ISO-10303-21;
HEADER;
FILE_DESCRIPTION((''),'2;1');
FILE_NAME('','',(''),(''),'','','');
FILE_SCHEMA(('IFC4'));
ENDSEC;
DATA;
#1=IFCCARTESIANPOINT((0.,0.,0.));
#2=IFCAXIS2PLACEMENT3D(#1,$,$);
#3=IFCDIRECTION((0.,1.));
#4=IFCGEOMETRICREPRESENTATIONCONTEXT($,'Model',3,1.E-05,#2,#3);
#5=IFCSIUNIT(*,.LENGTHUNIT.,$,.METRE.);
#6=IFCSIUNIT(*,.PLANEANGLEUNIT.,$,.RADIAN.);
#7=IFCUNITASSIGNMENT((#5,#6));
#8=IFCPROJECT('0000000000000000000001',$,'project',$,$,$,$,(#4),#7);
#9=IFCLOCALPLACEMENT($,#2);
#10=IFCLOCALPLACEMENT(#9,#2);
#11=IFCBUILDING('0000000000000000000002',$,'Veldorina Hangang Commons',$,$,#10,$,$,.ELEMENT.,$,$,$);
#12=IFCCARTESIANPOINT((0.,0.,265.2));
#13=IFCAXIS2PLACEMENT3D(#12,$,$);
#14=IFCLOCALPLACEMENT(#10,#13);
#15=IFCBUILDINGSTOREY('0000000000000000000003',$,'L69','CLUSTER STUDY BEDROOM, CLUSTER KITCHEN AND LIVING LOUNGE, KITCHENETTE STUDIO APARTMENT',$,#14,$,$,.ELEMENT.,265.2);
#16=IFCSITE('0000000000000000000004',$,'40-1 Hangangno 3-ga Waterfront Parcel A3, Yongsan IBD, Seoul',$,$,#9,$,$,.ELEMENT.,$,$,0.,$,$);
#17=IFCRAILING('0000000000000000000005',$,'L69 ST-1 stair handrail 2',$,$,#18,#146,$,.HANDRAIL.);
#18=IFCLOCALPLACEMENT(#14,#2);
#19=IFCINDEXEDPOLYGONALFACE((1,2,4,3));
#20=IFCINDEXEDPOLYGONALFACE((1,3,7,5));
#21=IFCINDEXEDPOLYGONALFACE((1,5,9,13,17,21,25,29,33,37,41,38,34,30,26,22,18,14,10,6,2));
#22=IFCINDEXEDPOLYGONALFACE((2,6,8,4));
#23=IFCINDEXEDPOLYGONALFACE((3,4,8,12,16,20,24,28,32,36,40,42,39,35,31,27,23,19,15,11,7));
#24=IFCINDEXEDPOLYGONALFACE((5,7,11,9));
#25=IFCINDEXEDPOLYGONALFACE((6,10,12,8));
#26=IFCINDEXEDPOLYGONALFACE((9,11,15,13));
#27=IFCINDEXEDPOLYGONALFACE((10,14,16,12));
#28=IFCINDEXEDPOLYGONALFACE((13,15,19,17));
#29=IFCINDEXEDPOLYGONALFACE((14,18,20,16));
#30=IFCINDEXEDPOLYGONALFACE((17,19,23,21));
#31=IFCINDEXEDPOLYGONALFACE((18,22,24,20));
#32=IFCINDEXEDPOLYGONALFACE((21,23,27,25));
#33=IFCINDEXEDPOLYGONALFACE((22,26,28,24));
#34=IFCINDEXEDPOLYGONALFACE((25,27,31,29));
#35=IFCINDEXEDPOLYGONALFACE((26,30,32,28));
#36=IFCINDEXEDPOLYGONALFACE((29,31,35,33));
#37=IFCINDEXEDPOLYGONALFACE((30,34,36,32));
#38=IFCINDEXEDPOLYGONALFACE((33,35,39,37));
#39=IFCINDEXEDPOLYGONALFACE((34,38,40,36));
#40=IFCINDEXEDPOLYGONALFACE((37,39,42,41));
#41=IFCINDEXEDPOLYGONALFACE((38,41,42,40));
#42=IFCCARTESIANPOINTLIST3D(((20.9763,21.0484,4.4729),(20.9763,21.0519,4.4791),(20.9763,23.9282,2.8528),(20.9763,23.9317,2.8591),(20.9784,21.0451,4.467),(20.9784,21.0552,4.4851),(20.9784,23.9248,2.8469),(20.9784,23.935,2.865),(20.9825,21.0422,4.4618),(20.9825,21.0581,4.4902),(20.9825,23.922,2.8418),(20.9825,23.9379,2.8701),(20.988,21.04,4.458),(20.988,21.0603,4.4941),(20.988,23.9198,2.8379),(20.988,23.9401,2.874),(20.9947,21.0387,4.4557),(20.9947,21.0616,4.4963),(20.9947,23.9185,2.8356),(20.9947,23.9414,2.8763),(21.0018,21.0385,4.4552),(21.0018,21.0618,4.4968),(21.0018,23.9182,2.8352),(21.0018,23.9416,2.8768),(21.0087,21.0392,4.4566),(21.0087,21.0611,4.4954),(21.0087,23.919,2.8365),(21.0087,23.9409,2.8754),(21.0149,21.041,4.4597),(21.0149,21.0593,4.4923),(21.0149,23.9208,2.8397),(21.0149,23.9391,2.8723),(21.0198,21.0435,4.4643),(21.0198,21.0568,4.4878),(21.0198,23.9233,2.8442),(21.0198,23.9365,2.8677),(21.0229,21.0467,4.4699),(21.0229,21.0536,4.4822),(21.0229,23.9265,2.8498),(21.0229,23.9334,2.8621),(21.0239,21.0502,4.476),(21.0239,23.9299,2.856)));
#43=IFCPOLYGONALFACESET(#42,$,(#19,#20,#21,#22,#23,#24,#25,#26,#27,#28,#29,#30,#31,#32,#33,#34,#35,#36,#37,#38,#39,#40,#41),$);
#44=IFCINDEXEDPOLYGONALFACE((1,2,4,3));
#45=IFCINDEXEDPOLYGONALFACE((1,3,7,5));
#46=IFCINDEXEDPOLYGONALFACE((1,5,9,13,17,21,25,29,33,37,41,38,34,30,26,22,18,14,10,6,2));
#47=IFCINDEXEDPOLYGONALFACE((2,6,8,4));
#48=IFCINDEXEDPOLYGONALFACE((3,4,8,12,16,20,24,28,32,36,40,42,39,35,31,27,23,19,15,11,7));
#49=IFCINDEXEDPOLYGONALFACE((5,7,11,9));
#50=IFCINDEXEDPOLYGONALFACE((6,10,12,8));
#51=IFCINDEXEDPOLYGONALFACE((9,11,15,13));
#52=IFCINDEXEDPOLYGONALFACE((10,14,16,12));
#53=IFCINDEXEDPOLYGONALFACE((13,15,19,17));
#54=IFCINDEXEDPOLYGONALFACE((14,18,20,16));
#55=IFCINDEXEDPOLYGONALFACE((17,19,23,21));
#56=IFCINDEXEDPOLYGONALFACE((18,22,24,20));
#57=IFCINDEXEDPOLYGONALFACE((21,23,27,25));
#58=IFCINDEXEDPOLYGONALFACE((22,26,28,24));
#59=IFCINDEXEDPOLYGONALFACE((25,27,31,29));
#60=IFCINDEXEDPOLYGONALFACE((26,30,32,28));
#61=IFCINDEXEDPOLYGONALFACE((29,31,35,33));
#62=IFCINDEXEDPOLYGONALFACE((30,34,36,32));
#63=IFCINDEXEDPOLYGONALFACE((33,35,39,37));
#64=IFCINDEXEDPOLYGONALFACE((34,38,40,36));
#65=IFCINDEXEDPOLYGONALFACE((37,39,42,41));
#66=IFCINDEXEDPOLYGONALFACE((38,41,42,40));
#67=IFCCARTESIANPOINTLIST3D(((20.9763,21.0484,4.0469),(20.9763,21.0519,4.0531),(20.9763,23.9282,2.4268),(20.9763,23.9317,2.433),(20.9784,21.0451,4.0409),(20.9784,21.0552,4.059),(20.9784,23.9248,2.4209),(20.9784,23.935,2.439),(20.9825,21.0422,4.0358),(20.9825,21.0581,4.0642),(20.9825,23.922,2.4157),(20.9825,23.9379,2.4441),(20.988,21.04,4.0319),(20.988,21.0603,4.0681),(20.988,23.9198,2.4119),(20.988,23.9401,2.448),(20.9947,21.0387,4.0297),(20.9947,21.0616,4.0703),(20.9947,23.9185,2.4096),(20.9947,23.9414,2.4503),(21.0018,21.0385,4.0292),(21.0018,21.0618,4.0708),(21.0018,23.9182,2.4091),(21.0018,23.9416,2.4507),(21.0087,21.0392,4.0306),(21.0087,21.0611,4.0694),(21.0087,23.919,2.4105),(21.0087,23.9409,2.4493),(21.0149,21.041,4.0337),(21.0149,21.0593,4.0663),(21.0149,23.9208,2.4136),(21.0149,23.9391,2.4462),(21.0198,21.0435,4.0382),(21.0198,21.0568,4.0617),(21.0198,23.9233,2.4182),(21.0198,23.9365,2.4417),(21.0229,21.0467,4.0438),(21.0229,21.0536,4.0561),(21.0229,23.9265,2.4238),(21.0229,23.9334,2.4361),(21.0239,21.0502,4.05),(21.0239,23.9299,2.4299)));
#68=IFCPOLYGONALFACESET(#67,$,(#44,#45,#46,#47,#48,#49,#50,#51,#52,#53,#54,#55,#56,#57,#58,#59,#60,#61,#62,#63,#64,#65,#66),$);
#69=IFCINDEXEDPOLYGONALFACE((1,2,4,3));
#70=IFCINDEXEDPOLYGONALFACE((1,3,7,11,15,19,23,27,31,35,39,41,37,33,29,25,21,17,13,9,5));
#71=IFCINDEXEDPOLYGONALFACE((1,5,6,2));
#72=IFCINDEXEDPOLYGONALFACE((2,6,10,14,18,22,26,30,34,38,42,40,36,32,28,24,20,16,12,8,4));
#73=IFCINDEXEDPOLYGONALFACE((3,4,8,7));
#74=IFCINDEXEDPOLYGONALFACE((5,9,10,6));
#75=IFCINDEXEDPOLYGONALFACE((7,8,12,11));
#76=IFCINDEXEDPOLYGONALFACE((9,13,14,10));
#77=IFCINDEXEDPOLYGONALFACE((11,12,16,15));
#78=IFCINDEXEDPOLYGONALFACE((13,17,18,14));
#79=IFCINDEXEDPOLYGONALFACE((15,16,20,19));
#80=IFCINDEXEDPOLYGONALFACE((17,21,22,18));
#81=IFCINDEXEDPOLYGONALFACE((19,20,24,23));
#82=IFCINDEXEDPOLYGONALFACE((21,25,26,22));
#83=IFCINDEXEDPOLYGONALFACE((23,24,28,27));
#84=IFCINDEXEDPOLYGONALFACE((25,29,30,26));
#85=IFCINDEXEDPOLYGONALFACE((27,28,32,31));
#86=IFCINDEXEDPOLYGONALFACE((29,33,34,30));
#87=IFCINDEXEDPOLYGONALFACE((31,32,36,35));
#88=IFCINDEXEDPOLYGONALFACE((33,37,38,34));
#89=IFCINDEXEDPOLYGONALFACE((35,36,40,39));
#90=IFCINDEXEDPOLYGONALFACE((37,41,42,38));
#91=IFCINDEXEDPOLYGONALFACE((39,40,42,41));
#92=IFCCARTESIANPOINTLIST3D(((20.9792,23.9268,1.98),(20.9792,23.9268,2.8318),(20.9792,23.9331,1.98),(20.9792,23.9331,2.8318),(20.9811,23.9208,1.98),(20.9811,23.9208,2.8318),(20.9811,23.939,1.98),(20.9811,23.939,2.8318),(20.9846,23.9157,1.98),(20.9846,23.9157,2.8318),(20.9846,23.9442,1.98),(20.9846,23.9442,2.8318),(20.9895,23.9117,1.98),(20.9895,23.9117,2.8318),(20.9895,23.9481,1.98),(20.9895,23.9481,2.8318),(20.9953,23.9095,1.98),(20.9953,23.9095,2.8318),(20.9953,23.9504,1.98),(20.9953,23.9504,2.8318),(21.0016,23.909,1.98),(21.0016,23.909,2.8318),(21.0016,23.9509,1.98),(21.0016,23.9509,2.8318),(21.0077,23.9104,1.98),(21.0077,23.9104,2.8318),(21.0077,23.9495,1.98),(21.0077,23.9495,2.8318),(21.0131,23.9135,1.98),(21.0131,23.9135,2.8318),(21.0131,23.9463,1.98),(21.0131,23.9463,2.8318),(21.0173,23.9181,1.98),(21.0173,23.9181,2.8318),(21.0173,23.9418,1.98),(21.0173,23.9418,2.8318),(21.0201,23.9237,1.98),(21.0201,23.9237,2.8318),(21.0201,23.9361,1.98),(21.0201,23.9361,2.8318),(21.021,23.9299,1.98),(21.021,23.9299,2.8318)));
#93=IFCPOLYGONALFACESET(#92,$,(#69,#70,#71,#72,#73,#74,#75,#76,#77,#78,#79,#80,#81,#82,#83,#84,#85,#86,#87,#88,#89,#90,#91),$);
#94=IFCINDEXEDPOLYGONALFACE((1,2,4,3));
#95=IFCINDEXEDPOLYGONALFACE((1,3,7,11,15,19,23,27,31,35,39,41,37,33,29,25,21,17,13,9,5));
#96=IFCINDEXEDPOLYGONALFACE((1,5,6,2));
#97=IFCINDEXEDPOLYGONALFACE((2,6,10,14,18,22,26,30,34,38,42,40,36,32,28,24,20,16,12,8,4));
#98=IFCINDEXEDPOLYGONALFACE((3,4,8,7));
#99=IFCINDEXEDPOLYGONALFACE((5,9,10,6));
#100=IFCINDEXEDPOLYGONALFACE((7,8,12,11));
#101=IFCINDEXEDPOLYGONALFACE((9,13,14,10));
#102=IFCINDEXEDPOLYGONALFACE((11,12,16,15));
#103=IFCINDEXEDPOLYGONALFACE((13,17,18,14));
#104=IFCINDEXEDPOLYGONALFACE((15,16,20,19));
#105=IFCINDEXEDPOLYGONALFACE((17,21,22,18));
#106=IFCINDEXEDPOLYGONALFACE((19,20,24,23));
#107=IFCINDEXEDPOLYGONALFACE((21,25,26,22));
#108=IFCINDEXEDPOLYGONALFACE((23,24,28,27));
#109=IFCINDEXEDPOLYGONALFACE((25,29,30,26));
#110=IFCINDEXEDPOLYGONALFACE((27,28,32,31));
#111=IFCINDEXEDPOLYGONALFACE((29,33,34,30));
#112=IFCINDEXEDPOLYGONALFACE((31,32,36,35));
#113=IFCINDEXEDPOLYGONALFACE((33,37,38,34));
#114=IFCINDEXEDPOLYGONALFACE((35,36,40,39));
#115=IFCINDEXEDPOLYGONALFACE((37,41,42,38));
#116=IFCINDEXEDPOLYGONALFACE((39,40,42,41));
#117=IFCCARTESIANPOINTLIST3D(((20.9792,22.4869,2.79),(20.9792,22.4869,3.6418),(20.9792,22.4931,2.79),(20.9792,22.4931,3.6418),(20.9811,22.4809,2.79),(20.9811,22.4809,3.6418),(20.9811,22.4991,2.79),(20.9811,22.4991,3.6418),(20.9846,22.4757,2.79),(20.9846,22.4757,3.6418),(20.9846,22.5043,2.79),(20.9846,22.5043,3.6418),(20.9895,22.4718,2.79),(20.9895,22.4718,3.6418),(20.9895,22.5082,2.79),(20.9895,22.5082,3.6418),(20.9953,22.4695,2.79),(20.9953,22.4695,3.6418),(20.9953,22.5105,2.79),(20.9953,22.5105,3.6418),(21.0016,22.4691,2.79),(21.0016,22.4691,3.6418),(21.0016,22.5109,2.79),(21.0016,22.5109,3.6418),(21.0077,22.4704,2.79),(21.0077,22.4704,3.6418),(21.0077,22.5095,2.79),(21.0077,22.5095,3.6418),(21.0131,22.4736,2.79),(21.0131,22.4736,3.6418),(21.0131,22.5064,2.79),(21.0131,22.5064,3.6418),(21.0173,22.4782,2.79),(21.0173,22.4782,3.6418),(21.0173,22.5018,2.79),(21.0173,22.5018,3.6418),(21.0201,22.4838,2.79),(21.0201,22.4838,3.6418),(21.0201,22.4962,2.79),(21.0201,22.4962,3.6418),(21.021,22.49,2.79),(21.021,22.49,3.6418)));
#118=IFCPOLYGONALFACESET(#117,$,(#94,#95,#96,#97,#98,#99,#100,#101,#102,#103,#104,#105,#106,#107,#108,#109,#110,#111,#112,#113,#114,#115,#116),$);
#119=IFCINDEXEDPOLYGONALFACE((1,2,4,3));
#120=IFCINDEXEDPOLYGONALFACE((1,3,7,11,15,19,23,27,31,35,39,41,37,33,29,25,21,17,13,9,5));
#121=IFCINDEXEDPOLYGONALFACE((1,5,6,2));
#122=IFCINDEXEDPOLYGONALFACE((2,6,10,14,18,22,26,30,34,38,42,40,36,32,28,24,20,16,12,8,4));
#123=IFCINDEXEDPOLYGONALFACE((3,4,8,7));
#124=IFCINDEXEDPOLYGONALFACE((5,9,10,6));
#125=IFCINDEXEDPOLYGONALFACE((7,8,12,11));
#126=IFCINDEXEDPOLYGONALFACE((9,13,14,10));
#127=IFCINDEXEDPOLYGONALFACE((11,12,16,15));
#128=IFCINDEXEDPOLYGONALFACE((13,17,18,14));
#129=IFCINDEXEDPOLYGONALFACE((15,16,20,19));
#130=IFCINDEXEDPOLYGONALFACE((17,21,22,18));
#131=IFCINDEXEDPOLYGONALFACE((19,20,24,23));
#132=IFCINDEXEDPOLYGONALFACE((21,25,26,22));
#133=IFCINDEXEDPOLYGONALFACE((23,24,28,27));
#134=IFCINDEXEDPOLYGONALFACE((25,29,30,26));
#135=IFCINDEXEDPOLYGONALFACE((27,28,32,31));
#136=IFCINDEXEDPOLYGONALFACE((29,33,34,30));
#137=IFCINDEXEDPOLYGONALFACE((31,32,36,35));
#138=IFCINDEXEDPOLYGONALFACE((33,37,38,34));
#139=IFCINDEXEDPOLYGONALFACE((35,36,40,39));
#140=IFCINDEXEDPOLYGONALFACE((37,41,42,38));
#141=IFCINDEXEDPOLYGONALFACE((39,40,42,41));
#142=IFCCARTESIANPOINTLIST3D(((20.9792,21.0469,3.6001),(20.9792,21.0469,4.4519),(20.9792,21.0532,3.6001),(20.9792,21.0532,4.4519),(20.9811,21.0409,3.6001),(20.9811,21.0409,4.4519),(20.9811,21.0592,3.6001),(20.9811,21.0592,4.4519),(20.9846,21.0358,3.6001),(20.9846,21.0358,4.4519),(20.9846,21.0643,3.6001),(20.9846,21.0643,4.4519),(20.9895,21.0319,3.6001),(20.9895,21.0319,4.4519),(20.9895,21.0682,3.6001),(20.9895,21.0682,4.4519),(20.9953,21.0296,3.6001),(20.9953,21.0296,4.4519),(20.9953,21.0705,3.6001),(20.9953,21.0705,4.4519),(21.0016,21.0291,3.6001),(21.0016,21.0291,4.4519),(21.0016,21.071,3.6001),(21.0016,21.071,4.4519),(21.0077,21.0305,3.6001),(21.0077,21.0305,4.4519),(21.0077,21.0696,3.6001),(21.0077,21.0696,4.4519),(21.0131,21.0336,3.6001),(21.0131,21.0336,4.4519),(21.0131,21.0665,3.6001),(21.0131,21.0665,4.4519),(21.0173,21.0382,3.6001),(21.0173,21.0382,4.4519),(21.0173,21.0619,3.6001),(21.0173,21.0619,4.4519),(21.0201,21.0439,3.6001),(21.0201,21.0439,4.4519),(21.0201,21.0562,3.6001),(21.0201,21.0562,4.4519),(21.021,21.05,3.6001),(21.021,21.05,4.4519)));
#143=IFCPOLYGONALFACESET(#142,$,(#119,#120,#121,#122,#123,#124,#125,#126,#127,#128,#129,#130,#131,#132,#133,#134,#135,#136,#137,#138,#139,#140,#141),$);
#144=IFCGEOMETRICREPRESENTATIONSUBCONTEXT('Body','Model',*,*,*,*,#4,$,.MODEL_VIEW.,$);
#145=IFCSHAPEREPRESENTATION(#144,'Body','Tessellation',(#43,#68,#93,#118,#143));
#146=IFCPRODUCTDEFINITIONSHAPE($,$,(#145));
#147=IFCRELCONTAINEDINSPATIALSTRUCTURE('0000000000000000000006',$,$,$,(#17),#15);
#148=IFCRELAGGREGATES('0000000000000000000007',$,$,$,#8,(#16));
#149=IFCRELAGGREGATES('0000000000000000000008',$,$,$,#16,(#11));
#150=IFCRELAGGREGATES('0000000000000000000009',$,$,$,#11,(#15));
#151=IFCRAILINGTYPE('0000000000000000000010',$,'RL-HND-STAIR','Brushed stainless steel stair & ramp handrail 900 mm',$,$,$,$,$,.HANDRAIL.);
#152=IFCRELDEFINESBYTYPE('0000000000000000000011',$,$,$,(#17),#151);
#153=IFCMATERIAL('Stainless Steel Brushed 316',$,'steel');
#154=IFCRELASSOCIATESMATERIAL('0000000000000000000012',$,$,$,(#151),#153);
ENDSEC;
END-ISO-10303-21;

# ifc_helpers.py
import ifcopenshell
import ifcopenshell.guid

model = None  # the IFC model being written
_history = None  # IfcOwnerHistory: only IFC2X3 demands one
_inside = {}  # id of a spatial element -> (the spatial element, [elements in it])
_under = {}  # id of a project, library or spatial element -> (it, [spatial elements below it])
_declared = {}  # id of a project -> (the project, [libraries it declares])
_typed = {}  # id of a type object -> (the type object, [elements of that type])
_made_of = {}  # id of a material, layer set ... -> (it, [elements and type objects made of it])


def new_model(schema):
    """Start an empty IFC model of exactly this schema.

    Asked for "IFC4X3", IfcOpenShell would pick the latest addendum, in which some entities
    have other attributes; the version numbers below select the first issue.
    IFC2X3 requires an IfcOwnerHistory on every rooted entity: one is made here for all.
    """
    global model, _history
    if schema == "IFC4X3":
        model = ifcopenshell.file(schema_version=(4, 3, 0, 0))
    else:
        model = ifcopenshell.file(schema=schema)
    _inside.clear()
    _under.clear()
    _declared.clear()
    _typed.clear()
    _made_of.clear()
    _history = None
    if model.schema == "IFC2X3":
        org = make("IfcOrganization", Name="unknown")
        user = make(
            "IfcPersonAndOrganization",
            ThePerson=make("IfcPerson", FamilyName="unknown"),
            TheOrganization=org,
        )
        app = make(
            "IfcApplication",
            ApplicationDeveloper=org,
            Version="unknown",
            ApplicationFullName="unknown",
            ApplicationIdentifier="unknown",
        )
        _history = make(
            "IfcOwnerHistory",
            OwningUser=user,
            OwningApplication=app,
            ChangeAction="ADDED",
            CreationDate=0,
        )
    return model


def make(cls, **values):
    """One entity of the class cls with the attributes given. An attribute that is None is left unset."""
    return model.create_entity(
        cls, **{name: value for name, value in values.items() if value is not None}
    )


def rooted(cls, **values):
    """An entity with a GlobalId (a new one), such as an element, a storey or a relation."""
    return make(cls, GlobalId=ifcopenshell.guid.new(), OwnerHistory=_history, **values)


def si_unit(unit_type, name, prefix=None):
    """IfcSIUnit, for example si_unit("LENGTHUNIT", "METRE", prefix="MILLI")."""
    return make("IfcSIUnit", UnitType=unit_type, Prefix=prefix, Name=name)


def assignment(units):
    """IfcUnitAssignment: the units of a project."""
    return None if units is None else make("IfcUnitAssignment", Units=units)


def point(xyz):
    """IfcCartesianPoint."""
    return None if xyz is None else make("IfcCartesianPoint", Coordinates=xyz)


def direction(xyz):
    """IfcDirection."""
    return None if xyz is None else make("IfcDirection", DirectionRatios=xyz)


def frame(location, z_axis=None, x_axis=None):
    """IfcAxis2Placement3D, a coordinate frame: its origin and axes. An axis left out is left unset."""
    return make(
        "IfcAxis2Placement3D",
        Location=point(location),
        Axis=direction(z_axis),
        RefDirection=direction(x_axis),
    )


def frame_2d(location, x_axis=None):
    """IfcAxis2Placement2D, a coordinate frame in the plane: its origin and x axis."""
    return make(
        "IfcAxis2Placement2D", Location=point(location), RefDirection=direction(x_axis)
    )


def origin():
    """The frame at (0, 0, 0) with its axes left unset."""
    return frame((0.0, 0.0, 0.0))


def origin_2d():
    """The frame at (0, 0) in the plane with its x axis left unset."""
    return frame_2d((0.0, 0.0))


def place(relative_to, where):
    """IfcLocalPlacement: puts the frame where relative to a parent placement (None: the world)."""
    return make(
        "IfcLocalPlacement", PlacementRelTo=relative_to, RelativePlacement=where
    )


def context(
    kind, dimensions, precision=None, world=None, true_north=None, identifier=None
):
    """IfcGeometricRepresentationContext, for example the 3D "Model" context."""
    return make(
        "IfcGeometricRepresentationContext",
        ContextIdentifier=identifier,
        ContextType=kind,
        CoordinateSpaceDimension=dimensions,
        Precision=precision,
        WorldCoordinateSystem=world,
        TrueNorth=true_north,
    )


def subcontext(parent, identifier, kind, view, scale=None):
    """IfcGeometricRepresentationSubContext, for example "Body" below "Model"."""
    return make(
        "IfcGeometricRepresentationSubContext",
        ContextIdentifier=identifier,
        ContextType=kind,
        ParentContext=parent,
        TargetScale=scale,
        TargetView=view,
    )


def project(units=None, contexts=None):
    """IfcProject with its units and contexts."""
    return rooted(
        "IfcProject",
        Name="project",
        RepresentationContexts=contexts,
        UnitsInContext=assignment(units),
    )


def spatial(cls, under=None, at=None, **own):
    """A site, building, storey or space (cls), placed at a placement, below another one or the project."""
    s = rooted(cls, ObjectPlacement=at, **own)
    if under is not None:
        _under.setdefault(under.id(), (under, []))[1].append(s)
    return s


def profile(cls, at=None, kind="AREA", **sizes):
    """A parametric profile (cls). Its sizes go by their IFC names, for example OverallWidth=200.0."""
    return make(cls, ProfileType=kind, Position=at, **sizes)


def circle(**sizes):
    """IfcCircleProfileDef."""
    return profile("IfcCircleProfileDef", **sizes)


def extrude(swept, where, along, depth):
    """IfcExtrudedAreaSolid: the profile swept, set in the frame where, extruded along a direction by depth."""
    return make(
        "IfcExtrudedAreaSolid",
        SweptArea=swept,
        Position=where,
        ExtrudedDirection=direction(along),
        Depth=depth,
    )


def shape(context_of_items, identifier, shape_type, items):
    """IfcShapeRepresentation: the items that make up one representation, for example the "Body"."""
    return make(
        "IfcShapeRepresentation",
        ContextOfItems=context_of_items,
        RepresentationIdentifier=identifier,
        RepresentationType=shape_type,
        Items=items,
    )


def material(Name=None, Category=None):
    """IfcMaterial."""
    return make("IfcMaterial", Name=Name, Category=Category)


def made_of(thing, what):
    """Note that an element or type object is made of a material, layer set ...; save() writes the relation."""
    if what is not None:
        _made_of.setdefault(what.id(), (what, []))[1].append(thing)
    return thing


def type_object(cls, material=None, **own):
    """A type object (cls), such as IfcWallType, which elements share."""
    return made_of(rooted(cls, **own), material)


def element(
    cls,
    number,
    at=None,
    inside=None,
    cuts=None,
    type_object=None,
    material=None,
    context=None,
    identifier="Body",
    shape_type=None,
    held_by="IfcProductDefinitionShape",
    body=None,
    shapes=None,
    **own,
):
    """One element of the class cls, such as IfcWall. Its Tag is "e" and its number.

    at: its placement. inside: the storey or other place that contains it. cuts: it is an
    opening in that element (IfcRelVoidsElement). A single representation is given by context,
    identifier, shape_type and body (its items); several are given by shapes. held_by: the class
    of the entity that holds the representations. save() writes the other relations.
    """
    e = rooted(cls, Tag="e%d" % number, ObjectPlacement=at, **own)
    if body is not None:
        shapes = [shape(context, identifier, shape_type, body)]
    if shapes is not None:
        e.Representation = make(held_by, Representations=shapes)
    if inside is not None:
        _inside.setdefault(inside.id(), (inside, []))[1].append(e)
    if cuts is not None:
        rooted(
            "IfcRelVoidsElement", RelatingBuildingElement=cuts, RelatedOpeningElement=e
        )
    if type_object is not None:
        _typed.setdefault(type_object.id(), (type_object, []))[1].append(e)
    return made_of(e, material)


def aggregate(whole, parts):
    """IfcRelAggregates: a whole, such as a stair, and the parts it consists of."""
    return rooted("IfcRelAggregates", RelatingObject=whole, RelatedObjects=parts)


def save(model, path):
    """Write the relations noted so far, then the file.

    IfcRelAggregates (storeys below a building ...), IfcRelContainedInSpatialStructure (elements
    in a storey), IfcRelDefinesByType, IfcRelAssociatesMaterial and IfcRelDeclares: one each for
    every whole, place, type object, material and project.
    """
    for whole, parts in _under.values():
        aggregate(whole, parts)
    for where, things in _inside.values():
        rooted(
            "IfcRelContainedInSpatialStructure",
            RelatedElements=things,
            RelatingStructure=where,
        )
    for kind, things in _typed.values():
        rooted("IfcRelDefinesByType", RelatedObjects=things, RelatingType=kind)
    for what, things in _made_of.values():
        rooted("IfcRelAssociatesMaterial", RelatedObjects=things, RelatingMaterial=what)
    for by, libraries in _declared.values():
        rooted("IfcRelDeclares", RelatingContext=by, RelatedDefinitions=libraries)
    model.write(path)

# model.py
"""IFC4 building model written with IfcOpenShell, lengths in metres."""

from ifc_helpers import new_model, si_unit, direction, frame, origin, origin_2d, place, context, subcontext, project, spatial, circle, extrude, material, type_object, element, save


model = new_model("IFC4")

# Units and contexts
model_context = context("Model", 3, precision=1e-05, world=origin(), true_north=direction((0.0, 1.0)))
body_context = subcontext(model_context, "Body", "Model", "MODEL_VIEW")
ifc_project = project(units=[si_unit("LENGTHUNIT", "METRE"), si_unit("PLANEANGLEUNIT", "RADIAN")], contexts=[model_context])

# Site, building, storey
site_placement = place(None, origin())
site = spatial("IfcSite", under=ifc_project, at=site_placement, Name="40-1 Hangangno 3-ga Waterfront Parcel A3, Yongsan IBD, Seoul", CompositionType="ELEMENT", RefElevation=0.0)
building_placement = place(site_placement, origin())
building = spatial("IfcBuilding", under=site, at=building_placement, Name="Veldorina Hangang Commons", CompositionType="ELEMENT")
storey_placement = place(building_placement, frame((0.0, 0.0, 265.2)))
storey = spatial("IfcBuildingStorey", under=building, at=storey_placement, Name="L69", Description="CLUSTER STUDY BEDROOM, CLUSTER KITCHEN AND LIVING LOUNGE, KITCHENETTE STUDIO APARTMENT", CompositionType="ELEMENT", Elevation=265.2)

# Railing
ifc_material_1 = material(Name="Stainless Steel Brushed 316", Category="steel")
railing_type_1 = type_object("IfcRailingType", Name="RL-HND-STAIR", Description="Brushed stainless steel stair & ramp handrail 900 mm", PredefinedType="HANDRAIL", material=ifc_material_1)
railing_1_placement = place(storey_placement, frame((21.0, 23.9299, 1.98)))
element("IfcRailing", 1, at=railing_1_placement, inside=storey, type_object=railing_type_1, Name="L69 ST-1 stair handrail 2", PredefinedType="HANDRAIL", context=body_context, shape_type="SweptSolid", body=[
    extrude(circle(Radius=0.0239, at=origin_2d()), frame((0.0, 0.0, 0.876), z_axis=(0.0, -0.871552, 0.490303), x_axis=(1.0, 0.0, 0.0)), (0.0, 0.0, 1.0), 3.3042),
    extrude(circle(Radius=0.0239, at=origin_2d()), frame((0.0, 0.0, 0.45), z_axis=(0.0, -0.871552, 0.490303), x_axis=(1.0, 0.0, 0.0)), (0.0, 0.0, 1.0), 3.3042),
    extrude(circle(Radius=0.021, at=origin_2d()), origin(), (0.0, 0.0, 1.0), 0.8518),
    extrude(circle(Radius=0.021, at=origin_2d()), frame((0.0, -1.4399, 0.8101)), (0.0, 0.0, 1.0), 0.8518),
    extrude(circle(Radius=0.021, at=origin_2d()), frame((0.0, -2.8799, 1.6201)), (0.0, 0.0, 1.0), 0.8518),
])

save(model, "model.ifc")
